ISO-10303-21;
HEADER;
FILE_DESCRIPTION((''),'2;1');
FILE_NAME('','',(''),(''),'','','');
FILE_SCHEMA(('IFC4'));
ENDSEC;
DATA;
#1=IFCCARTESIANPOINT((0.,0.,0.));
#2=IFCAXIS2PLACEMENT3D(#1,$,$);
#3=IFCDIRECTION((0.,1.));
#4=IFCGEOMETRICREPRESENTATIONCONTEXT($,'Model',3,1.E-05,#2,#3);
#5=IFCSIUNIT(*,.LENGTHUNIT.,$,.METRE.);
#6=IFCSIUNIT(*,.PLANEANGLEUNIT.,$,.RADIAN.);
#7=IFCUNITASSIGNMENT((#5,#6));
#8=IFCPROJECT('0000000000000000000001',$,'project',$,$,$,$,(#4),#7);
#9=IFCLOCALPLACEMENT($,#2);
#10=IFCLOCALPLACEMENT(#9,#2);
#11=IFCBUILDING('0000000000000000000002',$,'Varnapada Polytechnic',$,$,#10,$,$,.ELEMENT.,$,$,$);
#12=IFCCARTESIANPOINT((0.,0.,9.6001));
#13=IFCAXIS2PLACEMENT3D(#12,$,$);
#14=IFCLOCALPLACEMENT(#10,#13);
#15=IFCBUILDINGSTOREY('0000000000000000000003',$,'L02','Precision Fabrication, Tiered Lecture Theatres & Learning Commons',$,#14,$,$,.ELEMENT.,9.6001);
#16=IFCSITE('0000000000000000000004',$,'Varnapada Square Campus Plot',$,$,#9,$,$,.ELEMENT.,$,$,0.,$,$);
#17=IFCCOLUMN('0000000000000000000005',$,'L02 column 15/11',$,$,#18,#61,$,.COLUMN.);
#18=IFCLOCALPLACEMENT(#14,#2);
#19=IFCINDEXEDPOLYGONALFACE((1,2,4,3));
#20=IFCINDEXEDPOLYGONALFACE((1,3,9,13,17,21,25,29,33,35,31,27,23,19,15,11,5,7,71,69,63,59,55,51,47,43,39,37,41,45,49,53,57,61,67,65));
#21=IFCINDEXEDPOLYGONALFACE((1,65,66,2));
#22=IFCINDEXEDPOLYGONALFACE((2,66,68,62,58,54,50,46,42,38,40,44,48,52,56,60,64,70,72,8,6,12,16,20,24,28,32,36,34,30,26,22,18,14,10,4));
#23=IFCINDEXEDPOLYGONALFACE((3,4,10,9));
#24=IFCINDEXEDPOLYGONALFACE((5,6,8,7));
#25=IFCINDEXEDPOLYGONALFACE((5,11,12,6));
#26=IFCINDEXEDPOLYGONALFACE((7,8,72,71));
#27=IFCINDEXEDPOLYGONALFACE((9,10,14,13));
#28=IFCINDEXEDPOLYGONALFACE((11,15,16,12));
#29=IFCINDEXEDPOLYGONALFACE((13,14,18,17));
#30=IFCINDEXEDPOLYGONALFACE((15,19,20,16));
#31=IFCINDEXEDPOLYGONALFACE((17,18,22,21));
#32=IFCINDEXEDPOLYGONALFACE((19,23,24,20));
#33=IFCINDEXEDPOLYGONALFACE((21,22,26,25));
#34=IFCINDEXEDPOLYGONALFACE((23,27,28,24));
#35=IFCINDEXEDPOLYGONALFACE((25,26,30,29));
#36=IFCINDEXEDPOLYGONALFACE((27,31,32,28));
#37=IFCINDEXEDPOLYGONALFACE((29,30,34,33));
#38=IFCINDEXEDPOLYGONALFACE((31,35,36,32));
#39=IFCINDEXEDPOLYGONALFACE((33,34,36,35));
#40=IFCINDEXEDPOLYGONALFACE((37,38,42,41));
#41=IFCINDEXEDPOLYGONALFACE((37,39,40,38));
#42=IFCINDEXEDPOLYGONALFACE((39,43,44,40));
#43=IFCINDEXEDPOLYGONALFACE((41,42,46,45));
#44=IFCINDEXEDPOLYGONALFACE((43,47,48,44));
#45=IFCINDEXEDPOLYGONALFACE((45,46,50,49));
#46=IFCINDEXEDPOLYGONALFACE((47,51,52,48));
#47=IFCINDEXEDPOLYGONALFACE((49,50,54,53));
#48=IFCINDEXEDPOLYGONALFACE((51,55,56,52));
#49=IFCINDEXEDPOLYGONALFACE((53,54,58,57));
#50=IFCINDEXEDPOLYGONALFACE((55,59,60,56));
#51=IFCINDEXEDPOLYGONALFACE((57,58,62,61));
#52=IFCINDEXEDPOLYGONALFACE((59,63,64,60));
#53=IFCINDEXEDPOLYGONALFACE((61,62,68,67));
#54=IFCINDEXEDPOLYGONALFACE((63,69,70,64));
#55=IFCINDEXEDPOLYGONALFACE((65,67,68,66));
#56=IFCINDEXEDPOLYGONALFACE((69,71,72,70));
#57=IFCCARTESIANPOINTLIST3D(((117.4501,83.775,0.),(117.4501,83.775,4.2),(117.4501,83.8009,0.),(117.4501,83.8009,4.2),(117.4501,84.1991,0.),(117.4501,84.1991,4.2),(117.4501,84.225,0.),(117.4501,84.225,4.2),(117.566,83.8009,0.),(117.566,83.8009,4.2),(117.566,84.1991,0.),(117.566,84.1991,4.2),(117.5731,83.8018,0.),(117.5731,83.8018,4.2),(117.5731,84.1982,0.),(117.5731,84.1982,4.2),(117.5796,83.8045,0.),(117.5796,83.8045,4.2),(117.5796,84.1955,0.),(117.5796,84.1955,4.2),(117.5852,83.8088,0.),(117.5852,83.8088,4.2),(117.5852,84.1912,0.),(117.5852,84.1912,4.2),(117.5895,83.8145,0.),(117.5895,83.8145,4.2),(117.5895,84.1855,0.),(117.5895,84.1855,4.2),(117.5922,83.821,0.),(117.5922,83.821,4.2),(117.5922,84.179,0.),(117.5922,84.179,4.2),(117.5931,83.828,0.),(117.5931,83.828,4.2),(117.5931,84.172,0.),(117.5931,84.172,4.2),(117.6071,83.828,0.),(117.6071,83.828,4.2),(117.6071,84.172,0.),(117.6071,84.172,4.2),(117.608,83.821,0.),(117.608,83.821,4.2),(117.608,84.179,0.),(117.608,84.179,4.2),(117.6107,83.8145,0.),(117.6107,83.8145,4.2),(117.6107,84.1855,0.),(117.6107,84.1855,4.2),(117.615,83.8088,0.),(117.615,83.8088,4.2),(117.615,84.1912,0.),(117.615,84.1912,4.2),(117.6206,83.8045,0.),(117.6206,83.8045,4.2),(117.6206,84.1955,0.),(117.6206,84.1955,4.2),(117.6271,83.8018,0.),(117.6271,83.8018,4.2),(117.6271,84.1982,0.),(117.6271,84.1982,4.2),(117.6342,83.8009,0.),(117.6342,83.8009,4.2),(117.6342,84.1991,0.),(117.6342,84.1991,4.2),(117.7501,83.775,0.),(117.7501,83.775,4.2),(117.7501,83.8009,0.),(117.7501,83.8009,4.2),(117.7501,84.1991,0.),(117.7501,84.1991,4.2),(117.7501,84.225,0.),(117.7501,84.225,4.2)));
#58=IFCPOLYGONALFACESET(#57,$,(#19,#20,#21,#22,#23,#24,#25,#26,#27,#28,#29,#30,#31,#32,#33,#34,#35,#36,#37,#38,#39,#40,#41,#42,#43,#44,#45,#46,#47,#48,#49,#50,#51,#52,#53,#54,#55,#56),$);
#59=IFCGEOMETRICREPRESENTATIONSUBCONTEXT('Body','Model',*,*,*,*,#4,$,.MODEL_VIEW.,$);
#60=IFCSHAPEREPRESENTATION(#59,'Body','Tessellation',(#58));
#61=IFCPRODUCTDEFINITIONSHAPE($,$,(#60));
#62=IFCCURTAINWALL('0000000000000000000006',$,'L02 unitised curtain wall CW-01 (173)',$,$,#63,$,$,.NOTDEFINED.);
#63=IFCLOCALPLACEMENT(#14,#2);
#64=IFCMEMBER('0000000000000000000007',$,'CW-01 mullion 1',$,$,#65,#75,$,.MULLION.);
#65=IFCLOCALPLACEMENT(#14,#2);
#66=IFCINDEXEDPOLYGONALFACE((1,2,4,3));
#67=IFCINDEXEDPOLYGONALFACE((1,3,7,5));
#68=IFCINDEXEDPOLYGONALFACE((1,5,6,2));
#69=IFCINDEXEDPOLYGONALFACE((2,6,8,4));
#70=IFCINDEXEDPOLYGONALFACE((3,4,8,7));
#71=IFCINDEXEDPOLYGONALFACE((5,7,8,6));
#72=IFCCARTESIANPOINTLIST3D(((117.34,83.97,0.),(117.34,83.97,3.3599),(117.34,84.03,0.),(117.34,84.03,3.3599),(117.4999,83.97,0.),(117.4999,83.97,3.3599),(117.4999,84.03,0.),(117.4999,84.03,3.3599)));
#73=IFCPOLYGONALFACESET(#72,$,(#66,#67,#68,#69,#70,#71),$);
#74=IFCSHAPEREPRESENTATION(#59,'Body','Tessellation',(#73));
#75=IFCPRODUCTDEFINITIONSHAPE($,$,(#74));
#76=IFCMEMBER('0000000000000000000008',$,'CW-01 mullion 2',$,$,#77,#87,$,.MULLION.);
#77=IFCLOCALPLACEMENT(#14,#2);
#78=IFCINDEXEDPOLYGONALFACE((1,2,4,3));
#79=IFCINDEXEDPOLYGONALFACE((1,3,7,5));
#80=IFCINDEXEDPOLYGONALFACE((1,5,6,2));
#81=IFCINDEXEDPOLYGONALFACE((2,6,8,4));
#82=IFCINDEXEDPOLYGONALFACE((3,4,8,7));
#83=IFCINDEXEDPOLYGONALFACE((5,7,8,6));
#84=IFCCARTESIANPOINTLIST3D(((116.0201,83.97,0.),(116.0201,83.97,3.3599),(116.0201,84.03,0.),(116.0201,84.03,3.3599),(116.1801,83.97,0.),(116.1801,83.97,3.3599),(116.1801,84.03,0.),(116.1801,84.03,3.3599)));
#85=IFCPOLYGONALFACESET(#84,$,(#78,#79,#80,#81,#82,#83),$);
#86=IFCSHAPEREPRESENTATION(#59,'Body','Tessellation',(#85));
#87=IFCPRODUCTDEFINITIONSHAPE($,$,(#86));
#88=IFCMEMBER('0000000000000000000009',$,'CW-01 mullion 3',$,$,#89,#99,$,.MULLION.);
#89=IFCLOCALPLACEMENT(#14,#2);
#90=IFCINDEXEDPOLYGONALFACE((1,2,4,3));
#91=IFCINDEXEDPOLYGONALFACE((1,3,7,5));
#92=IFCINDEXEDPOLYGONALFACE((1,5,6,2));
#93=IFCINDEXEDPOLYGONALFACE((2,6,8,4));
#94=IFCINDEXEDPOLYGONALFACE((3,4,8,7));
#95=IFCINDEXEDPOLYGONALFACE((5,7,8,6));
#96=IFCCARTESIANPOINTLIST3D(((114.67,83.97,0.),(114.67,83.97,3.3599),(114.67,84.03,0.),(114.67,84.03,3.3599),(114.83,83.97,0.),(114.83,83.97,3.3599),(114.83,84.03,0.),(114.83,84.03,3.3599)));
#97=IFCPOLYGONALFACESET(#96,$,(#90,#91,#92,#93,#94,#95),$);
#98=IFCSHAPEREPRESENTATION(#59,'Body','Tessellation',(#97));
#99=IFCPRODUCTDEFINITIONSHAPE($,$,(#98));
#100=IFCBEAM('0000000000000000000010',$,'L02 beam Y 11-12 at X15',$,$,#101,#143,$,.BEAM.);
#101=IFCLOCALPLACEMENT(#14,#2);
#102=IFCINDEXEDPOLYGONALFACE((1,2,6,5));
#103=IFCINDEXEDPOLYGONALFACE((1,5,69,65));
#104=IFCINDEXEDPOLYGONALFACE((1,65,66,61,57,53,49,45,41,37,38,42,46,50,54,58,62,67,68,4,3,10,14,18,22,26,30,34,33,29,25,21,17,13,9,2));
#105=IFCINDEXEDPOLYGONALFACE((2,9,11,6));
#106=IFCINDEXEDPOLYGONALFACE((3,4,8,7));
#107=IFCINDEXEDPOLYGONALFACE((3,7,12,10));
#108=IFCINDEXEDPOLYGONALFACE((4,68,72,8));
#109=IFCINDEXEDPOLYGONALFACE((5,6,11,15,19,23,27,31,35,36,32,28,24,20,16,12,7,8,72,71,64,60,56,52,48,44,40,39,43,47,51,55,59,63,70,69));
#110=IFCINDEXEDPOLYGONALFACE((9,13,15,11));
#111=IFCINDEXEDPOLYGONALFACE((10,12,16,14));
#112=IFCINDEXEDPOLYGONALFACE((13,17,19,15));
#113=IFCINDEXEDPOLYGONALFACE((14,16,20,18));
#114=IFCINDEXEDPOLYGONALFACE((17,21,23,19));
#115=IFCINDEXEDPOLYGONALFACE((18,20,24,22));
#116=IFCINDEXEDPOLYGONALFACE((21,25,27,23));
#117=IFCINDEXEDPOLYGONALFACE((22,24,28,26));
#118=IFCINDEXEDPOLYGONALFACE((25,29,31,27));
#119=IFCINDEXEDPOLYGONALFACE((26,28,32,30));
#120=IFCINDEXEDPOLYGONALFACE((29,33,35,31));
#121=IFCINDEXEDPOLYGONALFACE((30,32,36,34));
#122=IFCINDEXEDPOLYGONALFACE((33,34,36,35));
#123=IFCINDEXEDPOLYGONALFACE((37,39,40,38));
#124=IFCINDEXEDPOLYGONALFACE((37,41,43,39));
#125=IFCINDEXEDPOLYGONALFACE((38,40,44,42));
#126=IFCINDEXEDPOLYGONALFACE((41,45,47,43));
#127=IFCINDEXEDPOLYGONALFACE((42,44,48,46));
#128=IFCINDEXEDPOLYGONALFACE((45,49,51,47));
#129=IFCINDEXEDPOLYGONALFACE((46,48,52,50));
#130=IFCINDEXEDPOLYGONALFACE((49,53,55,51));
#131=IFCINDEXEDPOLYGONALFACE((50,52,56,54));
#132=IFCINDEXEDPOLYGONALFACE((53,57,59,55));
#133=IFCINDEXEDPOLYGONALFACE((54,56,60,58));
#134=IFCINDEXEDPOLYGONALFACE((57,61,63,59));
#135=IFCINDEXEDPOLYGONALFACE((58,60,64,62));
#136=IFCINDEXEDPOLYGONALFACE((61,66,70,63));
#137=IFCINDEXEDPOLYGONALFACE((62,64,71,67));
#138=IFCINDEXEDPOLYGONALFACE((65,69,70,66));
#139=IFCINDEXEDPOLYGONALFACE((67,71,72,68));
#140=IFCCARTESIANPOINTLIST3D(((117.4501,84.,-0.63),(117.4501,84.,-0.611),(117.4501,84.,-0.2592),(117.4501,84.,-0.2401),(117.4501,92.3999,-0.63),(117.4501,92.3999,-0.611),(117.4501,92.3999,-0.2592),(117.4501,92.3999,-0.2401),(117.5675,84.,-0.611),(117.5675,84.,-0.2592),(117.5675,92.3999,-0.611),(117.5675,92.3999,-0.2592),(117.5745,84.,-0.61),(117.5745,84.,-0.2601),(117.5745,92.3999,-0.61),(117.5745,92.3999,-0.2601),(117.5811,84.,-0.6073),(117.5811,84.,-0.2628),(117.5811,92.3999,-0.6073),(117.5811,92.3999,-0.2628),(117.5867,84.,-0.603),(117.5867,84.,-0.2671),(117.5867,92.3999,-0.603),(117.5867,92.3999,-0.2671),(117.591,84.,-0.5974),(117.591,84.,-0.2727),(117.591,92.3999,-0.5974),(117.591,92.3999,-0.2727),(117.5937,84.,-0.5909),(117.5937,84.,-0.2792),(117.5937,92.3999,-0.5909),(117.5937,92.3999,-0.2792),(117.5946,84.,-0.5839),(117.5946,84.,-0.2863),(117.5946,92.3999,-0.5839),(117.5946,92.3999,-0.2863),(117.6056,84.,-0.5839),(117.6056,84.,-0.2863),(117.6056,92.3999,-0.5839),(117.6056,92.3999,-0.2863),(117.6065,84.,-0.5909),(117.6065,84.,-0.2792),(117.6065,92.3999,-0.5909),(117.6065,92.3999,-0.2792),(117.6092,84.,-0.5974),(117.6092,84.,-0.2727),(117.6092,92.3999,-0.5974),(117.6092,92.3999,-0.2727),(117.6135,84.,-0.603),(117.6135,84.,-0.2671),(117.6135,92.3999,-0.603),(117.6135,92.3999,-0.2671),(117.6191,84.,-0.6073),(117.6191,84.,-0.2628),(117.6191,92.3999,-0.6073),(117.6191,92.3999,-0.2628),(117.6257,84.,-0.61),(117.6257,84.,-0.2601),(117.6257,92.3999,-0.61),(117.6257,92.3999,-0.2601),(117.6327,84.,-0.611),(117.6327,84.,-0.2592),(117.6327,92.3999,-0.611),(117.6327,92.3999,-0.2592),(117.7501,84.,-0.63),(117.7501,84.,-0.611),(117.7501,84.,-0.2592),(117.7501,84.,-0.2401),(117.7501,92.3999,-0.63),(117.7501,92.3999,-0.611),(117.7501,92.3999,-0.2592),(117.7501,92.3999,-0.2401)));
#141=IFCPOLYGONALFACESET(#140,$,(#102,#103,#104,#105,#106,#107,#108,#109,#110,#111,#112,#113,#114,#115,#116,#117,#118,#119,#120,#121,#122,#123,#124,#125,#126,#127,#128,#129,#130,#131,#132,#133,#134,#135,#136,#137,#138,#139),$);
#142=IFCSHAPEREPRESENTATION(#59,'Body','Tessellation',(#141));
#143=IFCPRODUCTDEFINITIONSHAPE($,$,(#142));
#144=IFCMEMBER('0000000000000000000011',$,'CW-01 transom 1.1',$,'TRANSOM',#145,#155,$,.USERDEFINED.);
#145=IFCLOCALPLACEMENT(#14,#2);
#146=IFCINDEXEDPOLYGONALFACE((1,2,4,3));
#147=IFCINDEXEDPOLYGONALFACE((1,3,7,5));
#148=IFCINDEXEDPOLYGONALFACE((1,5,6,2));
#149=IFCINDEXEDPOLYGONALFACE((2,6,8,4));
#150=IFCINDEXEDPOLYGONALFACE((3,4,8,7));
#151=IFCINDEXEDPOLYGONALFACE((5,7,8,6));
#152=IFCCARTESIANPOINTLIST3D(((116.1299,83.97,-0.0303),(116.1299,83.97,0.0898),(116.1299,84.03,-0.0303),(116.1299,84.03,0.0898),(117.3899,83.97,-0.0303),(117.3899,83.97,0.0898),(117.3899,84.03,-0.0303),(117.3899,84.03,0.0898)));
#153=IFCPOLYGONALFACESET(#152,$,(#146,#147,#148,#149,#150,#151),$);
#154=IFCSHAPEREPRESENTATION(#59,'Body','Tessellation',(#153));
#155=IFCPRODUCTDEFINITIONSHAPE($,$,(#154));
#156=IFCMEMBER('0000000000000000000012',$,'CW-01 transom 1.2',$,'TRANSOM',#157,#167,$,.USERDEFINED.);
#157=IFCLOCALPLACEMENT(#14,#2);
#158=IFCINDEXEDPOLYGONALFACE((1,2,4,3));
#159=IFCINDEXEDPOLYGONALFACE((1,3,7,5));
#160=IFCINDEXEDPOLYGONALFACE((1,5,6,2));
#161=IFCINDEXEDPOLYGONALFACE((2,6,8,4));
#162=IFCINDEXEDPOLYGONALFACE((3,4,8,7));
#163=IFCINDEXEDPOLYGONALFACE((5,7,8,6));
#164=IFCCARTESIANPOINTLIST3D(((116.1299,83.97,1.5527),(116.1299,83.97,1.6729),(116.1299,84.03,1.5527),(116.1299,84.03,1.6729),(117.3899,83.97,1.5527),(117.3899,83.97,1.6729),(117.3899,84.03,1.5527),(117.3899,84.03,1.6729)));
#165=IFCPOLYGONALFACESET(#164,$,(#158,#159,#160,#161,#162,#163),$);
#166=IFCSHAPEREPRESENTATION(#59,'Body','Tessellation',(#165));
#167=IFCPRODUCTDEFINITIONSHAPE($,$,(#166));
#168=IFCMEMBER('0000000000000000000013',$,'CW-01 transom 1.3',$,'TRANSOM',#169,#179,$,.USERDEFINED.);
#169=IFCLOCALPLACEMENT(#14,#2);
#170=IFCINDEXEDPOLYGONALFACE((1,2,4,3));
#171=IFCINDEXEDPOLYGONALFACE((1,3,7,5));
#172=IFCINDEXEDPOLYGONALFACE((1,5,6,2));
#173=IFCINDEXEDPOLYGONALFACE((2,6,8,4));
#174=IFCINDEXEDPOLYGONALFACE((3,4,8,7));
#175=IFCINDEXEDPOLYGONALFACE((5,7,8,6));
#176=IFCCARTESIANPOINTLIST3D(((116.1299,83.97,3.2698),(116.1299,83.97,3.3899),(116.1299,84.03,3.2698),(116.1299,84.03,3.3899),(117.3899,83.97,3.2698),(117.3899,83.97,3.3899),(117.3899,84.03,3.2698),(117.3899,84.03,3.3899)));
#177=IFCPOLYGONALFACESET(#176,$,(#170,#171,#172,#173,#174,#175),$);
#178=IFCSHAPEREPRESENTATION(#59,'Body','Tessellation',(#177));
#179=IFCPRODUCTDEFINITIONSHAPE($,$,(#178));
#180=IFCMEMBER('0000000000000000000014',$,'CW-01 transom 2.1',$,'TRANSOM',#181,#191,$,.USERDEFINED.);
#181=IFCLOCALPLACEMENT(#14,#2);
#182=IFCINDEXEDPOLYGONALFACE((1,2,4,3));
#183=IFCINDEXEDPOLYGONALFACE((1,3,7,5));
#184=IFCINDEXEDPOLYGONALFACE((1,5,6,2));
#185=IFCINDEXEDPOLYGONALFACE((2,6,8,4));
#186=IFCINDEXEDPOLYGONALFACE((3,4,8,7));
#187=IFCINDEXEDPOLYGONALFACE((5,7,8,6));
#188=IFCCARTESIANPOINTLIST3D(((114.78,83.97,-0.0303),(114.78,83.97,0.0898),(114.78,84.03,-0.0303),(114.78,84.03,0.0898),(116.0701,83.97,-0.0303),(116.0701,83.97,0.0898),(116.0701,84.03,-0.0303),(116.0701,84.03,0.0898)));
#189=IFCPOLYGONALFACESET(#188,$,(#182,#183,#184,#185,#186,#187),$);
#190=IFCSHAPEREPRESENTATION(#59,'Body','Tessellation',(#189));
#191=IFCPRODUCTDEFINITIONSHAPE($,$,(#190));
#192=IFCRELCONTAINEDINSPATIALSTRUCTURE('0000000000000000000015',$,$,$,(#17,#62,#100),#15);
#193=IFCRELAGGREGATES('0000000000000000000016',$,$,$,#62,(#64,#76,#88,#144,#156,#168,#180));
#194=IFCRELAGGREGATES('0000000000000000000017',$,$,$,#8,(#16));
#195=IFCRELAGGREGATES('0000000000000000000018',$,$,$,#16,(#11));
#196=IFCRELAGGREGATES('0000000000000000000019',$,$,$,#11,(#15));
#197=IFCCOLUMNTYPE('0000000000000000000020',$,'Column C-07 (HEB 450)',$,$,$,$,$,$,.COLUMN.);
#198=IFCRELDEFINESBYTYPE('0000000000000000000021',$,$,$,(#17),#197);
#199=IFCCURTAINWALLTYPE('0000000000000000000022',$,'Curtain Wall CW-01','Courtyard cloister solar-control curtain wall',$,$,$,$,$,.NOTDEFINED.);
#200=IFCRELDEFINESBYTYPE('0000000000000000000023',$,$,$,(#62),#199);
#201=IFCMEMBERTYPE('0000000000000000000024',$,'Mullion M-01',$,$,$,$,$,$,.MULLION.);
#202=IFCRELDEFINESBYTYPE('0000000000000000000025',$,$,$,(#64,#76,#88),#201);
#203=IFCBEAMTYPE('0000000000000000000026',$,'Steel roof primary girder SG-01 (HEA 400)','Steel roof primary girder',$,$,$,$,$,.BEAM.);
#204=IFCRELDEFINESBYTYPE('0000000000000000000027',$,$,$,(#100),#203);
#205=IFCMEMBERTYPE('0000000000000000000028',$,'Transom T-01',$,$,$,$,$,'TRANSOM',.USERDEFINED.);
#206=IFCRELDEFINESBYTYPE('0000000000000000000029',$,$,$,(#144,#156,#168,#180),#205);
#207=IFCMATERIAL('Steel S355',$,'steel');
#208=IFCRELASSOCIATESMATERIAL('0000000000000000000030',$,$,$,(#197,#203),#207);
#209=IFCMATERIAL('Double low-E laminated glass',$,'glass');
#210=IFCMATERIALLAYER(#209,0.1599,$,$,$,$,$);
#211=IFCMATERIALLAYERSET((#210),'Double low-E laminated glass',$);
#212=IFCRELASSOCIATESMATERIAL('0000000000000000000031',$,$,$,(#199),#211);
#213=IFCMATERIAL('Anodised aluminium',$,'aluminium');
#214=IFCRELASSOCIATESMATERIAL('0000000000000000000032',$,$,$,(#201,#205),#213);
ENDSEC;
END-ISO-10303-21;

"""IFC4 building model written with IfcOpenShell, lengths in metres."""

from ifc_helpers import new_model, si_unit, direction, frame, origin, origin_2d, place, context, subcontext, project, spatial, rectangle, i_section, extrude, material, layer, layer_set, material_profile, profile_set, type_object, element, aggregate, save


model = new_model("IFC4")

# Units and contexts
model_context = context("Model", 3, precision=1e-05, world=origin(), true_north=direction((0.0, 1.0)))
body_context = subcontext(model_context, "Body", "Model", "MODEL_VIEW")
ifc_project = project(units=[si_unit("LENGTHUNIT", "METRE"), si_unit("PLANEANGLEUNIT", "RADIAN")], contexts=[model_context])

# Site, building, storey
site_placement = place(None, origin())
site = spatial("IfcSite", under=ifc_project, at=site_placement, Name="Varnapada Square Campus Plot", CompositionType="ELEMENT", RefElevation=0.0)
building_placement = place(site_placement, origin())
building = spatial("IfcBuilding", under=site, at=building_placement, Name="Varnapada Polytechnic", CompositionType="ELEMENT")
storey_placement = place(building_placement, frame((0.0, 0.0, 9.6001)))
storey = spatial("IfcBuildingStorey", under=building, at=storey_placement, Name="L02", Description="Precision Fabrication, Tiered Lecture Theatres & Learning Commons", CompositionType="ELEMENT", Elevation=9.6001)

# Column
ifc_material_1 = material(Name="Steel S355", Category="steel")
ifc_material_profile_1 = material_profile(ifc_material_1, i_section(OverallWidth=0.3, OverallDepth=0.45, WebThickness=0.0139, FlangeThickness=0.0259, FilletRadius=0.0271, at=origin_2d()), Name="HEB 450")
ifc_profile_set_1 = profile_set([ifc_material_profile_1], Name="Steel S355")
column_type = type_object("IfcColumnType", Name="Column C-07 (HEB 450)", PredefinedType="COLUMN", material=ifc_profile_set_1)
column_placement = place(storey_placement, frame((117.6001, 84.0, 0.0), z_axis=(0.0, 0.0, 1.0), x_axis=(1.0, 0.0, 0.0)))
element("IfcColumn", 1, at=column_placement, inside=storey, type_object=column_type, Name="L02 column 15/11", PredefinedType="COLUMN", context=body_context, shape_type="SweptSolid", body=[
    extrude(i_section(OverallWidth=0.3, OverallDepth=0.45, WebThickness=0.0139, FlangeThickness=0.0259, FilletRadius=0.0271, at=origin_2d()), origin(), (0.0, 0.0, 1.0), 4.2),
])

# Curtain wall, members
ifc_material_2 = material(Name="Double low-E laminated glass", Category="glass")
ifc_layer_1 = layer(ifc_material_2, 0.1599)
ifc_layer_set_1 = layer_set([ifc_layer_1], Name="Double low-E laminated glass")
curtain_wall_type_1 = type_object("IfcCurtainWallType", Name="Curtain Wall CW-01", Description="Courtyard cloister solar-control curtain wall", PredefinedType="NOTDEFINED", material=ifc_layer_set_1)
curtain_wall_1_placement = place(storey_placement, origin())
curtain_wall_1 = element("IfcCurtainWall", 2, at=curtain_wall_1_placement, inside=storey, type_object=curtain_wall_type_1, Name="L02 unitised curtain wall CW-01 (173)", PredefinedType="NOTDEFINED")
ifc_material_3 = material(Name="Anodised aluminium", Category="aluminium")
ifc_material_profile_2 = material_profile(ifc_material_3, rectangle(XDim=0.0601, YDim=0.1599, at=origin_2d()), Name="ALU M60x160")
ifc_profile_set_2 = profile_set([ifc_material_profile_2], Name="Anodised aluminium")
member_type_1 = type_object("IfcMemberType", Name="Mullion M-01", PredefinedType="MULLION", material=ifc_profile_set_2)
member_1_placement = place(storey_placement, frame((117.4199, 84.0, 0.0), z_axis=(0.0, 0.0, 1.0), x_axis=(0.0, -1.0, 0.0)))
member_1 = element("IfcMember", 3, at=member_1_placement, type_object=member_type_1, Name="CW-01 mullion 1", PredefinedType="MULLION", context=body_context, shape_type="SweptSolid", body=[
    extrude(rectangle(XDim=0.0601, YDim=0.1599, at=origin_2d()), origin(), (0.0, 0.0, 1.0), 3.3599),
])
member_2_placement = place(storey_placement, frame((116.1001, 84.0, 0.0), z_axis=(0.0, 0.0, 1.0), x_axis=(0.0, -1.0, 0.0)))
member_2 = element("IfcMember", 4, at=member_2_placement, type_object=member_type_1, Name="CW-01 mullion 2", PredefinedType="MULLION", context=body_context, shape_type="SweptSolid", body=[
    extrude(rectangle(XDim=0.0601, YDim=0.1599, at=origin_2d()), origin(), (0.0, 0.0, 1.0), 3.3599),
])
member_3_placement = place(storey_placement, frame((114.75, 84.0, 0.0), z_axis=(0.0, 0.0, 1.0), x_axis=(0.0, -1.0, 0.0)))
member_3 = element("IfcMember", 5, at=member_3_placement, type_object=member_type_1, Name="CW-01 mullion 3", PredefinedType="MULLION", context=body_context, shape_type="SweptSolid", body=[
    extrude(rectangle(XDim=0.0601, YDim=0.1599, at=origin_2d()), origin(), (0.0, 0.0, 1.0), 3.3599),
])

# Beam
ifc_material_profile_3 = material_profile(ifc_material_1, i_section(OverallWidth=0.3, OverallDepth=0.3899, WebThickness=0.011, FlangeThickness=0.019, FilletRadius=0.0271, at=origin_2d()), Name="HEA 400")
ifc_profile_set_3 = profile_set([ifc_material_profile_3], Name="Steel S355")
beam_type_1 = type_object("IfcBeamType", Name="Steel roof primary girder SG-01 (HEA 400)", Description="Steel roof primary girder", PredefinedType="BEAM", material=ifc_profile_set_3)
beam_1_placement = place(storey_placement, frame((117.6001, 84.0, -0.4351), z_axis=(0.0, 1.0, 0.0), x_axis=(-1.0, 0.0, 0.0)))
element("IfcBeam", 6, at=beam_1_placement, inside=storey, type_object=beam_type_1, Name="L02 beam Y 11-12 at X15", PredefinedType="BEAM", context=body_context, shape_type="SweptSolid", body=[
    extrude(i_section(OverallWidth=0.3, OverallDepth=0.3899, WebThickness=0.011, FlangeThickness=0.019, FilletRadius=0.0271, at=origin_2d()), origin(), (0.0, 0.0, 1.0), 8.3999),
])

# Members
ifc_material_profile_4 = material_profile(ifc_material_3, rectangle(XDim=0.0601, YDim=0.1201, at=origin_2d()), Name="ALU T60x120")
ifc_profile_set_4 = profile_set([ifc_material_profile_4], Name="Anodised aluminium")
member_type_2 = type_object("IfcMemberType", Name="Transom T-01", ElementType="TRANSOM", PredefinedType="USERDEFINED", material=ifc_profile_set_4)
member_4_placement = place(storey_placement, frame((117.3899, 84.0, 0.0298), z_axis=(-1.0, 0.0, 0.0), x_axis=(0.0, -1.0, 0.0)))
member_4 = element("IfcMember", 7, at=member_4_placement, type_object=member_type_2, Name="CW-01 transom 1.1", ObjectType="TRANSOM", PredefinedType="USERDEFINED", context=body_context, shape_type="SweptSolid", body=[
    extrude(rectangle(XDim=0.0601, YDim=0.1201, at=origin_2d()), origin(), (0.0, 0.0, 1.0), 1.26),
])
member_5_placement = place(storey_placement, frame((117.3899, 84.0, 1.6128), z_axis=(-1.0, 0.0, 0.0), x_axis=(0.0, -1.0, 0.0)))
member_5 = element("IfcMember", 8, at=member_5_placement, type_object=member_type_2, Name="CW-01 transom 1.2", ObjectType="TRANSOM", PredefinedType="USERDEFINED", context=body_context, shape_type="SweptSolid", body=[
    extrude(rectangle(XDim=0.0601, YDim=0.1201, at=origin_2d()), origin(), (0.0, 0.0, 1.0), 1.26),
])
member_6_placement = place(storey_placement, frame((117.3899, 84.0, 3.3298), z_axis=(-1.0, 0.0, 0.0), x_axis=(0.0, -1.0, 0.0)))
member_6 = element("IfcMember", 9, at=member_6_placement, type_object=member_type_2, Name="CW-01 transom 1.3", ObjectType="TRANSOM", PredefinedType="USERDEFINED", context=body_context, shape_type="SweptSolid", body=[
    extrude(rectangle(XDim=0.0601, YDim=0.1201, at=origin_2d()), origin(), (0.0, 0.0, 1.0), 1.26),
])
member_7_placement = place(storey_placement, frame((116.0701, 84.0, 0.0298), z_axis=(-1.0, 0.0, 0.0), x_axis=(0.0, -1.0, 0.0)))
member_7 = element("IfcMember", 10, at=member_7_placement, type_object=member_type_2, Name="CW-01 transom 2.1", ObjectType="TRANSOM", PredefinedType="USERDEFINED", context=body_context, shape_type="SweptSolid", body=[
    extrude(rectangle(XDim=0.0601, YDim=0.1201, at=origin_2d()), origin(), (0.0, 0.0, 1.0), 1.29),
])

aggregate(curtain_wall_1, [member_1, member_2, member_3, member_4, member_5, member_6, member_7])

save(model, "model.ifc")
